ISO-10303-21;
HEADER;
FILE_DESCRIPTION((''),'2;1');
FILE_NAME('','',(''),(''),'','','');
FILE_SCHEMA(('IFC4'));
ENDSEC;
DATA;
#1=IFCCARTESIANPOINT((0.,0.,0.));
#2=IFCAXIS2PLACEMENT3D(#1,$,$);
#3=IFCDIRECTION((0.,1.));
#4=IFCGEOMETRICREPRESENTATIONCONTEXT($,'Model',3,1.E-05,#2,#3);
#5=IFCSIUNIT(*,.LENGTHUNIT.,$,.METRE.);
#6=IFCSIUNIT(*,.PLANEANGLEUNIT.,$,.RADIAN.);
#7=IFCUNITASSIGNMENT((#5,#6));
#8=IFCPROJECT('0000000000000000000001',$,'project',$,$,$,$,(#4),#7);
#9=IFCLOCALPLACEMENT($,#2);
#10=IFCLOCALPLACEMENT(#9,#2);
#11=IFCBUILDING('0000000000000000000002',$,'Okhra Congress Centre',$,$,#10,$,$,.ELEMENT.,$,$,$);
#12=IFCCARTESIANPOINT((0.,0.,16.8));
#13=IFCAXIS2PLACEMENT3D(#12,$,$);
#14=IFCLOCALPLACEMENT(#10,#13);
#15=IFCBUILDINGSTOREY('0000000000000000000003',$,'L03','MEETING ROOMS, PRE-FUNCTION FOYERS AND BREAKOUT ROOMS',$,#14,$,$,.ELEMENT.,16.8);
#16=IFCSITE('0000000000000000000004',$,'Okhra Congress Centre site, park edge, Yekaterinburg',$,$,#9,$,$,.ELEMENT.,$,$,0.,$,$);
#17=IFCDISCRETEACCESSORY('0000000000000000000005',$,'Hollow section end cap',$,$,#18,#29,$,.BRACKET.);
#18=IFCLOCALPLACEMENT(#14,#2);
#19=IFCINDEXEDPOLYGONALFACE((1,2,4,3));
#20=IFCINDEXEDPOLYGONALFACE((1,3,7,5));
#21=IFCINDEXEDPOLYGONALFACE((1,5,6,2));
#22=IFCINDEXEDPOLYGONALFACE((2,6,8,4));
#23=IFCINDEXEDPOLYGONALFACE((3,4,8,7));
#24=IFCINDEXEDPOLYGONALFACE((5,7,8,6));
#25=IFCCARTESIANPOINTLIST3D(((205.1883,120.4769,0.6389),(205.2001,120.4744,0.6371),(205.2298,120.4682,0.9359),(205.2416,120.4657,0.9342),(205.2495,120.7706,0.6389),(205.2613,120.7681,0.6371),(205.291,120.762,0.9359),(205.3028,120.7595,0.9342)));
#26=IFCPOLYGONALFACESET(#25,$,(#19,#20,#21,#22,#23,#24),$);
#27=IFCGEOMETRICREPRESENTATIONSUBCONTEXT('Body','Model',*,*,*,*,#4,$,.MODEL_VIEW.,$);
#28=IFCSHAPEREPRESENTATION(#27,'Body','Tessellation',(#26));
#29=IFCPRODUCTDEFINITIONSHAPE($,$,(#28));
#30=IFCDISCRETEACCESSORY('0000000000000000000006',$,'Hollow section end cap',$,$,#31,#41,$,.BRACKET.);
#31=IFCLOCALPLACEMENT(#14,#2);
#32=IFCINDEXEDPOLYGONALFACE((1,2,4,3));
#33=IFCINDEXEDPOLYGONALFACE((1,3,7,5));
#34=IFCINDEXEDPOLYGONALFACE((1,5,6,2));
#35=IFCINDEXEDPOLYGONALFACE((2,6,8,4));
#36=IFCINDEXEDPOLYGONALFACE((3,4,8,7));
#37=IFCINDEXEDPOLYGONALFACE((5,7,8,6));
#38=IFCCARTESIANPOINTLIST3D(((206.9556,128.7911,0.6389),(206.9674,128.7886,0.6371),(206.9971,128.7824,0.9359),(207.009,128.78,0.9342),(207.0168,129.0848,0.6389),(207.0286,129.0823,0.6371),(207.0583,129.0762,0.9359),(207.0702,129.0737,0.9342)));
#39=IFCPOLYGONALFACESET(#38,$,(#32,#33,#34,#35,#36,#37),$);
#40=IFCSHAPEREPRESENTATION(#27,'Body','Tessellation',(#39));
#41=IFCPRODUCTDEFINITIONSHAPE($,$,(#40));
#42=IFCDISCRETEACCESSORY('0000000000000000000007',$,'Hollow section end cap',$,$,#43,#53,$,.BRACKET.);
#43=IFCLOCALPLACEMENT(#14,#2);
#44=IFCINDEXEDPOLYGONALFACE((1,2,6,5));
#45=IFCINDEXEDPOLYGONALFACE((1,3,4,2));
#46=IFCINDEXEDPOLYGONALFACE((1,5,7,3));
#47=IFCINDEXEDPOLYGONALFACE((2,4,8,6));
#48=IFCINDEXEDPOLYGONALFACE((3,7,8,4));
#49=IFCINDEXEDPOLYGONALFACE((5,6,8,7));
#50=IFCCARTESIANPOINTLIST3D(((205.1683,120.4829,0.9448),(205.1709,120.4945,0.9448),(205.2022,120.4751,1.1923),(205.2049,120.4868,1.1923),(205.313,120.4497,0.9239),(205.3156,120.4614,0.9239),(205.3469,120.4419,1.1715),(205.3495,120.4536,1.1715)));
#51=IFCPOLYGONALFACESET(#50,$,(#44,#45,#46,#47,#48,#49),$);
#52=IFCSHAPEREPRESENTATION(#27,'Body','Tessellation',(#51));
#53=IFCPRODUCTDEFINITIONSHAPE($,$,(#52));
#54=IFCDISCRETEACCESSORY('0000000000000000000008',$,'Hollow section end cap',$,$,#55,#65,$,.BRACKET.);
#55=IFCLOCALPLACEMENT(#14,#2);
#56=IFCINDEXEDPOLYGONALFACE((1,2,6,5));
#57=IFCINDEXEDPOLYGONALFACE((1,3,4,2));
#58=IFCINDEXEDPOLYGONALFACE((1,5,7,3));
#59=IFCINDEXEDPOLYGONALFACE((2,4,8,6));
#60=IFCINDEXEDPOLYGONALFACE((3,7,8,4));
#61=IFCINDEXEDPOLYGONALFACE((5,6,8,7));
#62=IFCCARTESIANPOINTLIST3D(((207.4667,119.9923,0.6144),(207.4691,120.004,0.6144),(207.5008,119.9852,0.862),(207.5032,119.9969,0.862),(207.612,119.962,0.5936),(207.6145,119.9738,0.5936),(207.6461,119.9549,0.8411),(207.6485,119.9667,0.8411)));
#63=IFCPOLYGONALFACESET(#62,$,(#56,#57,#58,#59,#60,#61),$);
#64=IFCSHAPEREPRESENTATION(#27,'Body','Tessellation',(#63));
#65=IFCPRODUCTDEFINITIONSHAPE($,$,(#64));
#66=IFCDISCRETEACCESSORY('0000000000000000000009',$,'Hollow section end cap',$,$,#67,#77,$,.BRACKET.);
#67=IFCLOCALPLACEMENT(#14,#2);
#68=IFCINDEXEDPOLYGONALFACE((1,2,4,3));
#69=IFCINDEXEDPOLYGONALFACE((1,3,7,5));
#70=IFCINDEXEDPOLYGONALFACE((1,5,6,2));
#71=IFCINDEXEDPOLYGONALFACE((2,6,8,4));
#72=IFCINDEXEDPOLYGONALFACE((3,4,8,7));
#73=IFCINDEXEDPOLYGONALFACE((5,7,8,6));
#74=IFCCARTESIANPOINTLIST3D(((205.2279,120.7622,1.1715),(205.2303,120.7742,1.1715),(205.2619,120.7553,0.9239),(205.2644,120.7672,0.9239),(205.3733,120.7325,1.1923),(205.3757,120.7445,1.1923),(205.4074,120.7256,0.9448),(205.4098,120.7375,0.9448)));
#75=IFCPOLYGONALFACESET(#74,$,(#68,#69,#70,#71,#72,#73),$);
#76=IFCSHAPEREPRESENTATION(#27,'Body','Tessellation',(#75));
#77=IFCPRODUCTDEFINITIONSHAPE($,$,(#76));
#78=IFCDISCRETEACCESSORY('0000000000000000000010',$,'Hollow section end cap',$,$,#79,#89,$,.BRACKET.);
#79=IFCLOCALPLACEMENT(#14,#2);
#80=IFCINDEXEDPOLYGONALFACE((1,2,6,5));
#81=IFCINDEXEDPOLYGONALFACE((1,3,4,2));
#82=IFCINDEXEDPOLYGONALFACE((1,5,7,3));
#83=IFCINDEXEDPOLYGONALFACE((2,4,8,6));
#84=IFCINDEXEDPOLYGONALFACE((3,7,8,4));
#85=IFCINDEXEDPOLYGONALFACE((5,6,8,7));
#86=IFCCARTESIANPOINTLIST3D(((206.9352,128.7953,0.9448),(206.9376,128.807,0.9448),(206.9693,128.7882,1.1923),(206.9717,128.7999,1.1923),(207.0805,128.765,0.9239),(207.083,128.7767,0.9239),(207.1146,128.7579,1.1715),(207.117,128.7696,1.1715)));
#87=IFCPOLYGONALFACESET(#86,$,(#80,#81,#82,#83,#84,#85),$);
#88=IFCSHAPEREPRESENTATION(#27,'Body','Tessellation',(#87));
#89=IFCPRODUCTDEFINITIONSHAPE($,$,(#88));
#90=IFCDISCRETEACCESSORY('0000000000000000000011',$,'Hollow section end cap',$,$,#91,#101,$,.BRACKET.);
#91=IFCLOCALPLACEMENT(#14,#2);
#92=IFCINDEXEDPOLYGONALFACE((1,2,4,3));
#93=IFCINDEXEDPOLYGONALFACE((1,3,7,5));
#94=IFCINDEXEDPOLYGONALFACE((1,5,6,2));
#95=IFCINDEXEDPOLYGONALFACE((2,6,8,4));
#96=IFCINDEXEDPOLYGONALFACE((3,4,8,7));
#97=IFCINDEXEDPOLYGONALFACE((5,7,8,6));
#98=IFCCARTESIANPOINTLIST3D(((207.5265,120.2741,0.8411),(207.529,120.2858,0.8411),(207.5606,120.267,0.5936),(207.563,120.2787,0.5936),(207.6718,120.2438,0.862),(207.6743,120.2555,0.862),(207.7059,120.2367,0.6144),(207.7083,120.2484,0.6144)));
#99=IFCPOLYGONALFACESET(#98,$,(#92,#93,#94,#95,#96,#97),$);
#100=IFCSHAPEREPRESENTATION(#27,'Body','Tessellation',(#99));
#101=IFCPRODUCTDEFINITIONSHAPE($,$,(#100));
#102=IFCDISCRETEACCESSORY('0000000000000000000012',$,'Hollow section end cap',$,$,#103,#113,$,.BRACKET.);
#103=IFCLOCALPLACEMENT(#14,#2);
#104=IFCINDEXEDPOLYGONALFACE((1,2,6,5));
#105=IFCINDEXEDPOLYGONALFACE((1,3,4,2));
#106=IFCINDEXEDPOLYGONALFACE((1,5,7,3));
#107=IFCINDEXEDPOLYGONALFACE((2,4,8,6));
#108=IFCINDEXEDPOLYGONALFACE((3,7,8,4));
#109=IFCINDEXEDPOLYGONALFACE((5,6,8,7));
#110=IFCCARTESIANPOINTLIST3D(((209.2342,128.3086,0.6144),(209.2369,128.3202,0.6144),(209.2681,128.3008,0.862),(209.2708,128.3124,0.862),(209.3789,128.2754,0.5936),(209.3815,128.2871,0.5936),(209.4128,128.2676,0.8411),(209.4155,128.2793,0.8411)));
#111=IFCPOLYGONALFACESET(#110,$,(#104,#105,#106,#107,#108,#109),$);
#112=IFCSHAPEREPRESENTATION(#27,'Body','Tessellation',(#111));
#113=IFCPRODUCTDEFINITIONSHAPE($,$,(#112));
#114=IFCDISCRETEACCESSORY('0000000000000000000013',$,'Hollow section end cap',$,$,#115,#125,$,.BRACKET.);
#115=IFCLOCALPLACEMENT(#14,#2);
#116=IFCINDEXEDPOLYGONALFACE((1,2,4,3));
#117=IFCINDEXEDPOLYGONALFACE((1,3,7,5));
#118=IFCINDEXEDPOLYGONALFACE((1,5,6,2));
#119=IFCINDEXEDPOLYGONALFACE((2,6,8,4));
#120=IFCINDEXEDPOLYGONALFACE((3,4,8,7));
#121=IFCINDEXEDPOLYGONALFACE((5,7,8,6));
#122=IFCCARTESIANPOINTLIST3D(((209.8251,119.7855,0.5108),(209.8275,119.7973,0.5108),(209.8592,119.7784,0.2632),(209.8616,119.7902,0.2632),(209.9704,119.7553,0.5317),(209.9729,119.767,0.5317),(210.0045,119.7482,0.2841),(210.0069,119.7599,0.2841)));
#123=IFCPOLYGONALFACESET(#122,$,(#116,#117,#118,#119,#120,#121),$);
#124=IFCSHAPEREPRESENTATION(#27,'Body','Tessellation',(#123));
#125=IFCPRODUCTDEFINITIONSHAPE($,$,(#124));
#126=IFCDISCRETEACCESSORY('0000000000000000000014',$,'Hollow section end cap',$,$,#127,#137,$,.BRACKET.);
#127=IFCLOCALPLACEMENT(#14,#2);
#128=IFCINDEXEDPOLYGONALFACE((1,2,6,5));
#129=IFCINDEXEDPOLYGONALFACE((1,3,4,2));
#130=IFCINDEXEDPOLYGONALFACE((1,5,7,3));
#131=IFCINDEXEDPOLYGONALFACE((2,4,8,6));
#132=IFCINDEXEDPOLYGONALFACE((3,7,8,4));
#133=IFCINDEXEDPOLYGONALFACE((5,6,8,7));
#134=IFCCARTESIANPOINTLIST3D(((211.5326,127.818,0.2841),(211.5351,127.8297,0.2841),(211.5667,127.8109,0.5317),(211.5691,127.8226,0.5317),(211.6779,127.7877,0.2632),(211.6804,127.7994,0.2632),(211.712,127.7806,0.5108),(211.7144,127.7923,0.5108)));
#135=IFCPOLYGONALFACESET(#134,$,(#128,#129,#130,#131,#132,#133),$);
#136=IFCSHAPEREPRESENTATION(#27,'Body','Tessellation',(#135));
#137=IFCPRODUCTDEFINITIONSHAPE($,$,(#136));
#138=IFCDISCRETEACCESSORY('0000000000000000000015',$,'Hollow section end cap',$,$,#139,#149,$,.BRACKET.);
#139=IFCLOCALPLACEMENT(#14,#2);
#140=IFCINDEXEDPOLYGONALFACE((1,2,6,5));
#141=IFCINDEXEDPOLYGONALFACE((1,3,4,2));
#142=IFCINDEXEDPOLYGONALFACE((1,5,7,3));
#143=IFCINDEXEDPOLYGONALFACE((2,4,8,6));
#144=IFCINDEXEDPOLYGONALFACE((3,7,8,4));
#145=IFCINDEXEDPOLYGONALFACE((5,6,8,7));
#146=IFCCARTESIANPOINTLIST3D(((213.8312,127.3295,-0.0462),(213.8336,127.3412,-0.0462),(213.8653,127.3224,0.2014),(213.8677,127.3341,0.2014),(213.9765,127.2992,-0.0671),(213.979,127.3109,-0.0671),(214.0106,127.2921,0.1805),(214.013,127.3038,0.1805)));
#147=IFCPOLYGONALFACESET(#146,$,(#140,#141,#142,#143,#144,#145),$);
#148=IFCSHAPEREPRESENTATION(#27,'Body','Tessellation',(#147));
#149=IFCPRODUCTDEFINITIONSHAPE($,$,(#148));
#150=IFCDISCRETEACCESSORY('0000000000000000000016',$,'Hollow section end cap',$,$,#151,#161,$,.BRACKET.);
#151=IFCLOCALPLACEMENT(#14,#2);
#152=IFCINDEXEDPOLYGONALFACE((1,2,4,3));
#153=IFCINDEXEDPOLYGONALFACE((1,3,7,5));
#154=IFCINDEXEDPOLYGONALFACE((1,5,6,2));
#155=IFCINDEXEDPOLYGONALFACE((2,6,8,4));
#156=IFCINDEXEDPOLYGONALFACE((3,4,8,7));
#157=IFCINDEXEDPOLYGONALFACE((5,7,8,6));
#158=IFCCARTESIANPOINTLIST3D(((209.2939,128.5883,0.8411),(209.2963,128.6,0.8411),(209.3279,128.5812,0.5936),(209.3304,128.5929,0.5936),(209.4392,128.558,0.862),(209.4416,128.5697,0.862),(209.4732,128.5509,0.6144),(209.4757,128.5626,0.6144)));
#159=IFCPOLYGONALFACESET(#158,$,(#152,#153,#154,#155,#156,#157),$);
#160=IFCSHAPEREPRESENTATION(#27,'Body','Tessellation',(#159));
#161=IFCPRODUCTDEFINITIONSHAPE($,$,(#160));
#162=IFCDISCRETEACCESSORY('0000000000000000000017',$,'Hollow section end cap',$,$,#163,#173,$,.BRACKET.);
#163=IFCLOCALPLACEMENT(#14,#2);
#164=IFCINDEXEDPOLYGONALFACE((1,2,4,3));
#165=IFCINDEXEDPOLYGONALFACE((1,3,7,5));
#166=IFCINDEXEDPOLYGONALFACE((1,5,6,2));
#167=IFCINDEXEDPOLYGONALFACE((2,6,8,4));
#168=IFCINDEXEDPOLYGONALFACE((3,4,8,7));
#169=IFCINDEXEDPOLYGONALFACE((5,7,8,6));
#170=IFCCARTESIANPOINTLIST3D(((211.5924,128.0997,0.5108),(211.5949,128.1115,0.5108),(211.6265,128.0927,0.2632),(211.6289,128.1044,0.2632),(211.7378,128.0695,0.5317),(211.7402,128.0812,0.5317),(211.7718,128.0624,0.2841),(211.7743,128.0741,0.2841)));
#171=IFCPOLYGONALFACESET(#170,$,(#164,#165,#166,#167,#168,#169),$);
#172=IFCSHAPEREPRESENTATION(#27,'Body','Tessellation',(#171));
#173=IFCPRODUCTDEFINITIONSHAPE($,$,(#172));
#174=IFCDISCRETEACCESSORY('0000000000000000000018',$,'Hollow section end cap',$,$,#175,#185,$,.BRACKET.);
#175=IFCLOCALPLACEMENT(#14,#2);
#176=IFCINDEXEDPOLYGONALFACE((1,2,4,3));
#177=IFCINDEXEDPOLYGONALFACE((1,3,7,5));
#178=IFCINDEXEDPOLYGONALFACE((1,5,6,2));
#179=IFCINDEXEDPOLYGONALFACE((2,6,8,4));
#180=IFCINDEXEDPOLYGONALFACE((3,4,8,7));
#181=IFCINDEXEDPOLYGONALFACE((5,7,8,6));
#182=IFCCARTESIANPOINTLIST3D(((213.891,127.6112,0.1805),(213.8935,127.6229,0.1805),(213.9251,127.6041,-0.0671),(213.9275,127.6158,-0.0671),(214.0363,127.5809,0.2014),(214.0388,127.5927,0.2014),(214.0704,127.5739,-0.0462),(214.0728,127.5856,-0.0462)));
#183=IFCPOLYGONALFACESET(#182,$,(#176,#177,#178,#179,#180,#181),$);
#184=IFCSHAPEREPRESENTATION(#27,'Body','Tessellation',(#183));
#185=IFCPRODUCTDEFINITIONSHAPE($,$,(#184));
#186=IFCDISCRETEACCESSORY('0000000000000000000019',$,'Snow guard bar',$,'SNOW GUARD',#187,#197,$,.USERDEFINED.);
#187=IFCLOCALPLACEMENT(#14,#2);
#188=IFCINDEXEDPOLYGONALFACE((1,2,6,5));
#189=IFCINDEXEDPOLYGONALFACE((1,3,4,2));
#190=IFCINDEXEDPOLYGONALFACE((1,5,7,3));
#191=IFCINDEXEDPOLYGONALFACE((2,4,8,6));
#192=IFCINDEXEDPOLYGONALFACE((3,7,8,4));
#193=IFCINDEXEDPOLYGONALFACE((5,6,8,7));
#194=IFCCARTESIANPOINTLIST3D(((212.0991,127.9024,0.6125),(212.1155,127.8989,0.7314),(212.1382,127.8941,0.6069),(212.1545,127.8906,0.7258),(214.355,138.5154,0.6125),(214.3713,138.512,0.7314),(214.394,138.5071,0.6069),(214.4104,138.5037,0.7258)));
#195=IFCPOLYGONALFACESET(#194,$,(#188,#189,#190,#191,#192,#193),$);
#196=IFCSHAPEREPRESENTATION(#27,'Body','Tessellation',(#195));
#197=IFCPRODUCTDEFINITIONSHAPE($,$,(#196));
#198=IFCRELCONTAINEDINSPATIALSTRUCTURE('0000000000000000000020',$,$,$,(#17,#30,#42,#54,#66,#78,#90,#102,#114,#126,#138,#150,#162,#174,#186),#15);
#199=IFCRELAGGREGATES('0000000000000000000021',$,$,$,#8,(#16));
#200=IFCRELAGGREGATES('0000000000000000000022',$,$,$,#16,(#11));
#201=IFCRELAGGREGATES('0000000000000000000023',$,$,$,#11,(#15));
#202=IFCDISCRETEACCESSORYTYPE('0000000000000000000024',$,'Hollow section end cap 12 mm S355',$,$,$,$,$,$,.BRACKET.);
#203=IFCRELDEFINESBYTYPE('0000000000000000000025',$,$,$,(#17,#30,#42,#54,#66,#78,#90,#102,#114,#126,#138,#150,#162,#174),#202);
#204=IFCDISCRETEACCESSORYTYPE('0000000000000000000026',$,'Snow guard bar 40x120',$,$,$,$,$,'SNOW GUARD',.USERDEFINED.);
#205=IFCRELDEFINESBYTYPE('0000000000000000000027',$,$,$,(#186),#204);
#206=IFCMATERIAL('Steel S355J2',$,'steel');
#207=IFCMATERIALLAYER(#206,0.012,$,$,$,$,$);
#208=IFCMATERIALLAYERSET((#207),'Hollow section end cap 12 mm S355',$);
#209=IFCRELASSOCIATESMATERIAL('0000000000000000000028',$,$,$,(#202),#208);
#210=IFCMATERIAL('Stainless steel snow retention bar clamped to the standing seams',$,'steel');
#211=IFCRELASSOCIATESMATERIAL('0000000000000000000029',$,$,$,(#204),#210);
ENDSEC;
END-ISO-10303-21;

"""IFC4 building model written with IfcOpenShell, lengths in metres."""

from ifc_helpers import new_model, si_unit, direction, frame, origin, origin_2d, place, context, subcontext, project, spatial, polyline, rectangle, outline, extrude, material, layer, layer_set, type_object, element, save


model = new_model("IFC4")

# Units and contexts
model_context = context("Model", 3, precision=1e-05, world=origin(), true_north=direction((0.0, 1.0)))
body_context = subcontext(model_context, "Body", "Model", "MODEL_VIEW")
ifc_project = project(units=[si_unit("LENGTHUNIT", "METRE"), si_unit("PLANEANGLEUNIT", "RADIAN")], contexts=[model_context])

# Site, building, storey
site_placement = place(None, origin())
site = spatial("IfcSite", under=ifc_project, at=site_placement, Name="Okhra Congress Centre site, park edge, Yekaterinburg", CompositionType="ELEMENT", RefElevation=0.0)
building_placement = place(site_placement, origin())
building = spatial("IfcBuilding", under=site, at=building_placement, Name="Okhra Congress Centre", CompositionType="ELEMENT")
storey_placement = place(building_placement, frame((0.0, 0.0, 16.8)))
storey = spatial("IfcBuildingStorey", under=building, at=storey_placement, Name="L03", Description="MEETING ROOMS, PRE-FUNCTION FOYERS AND BREAKOUT ROOMS", CompositionType="ELEMENT", Elevation=16.8)

# Shared definitions
ifc_material_1 = material(Name="Steel S355J2", Category="steel")

# Discrete accessories
ifc_layer_1 = layer(ifc_material_1, 0.012)
ifc_layer_set_1 = layer_set([ifc_layer_1], Name="Hollow section end cap 12 mm S355")
discrete_accessory_type_1 = type_object("IfcDiscreteAccessoryType", Name="Hollow section end cap 12 mm S355", PredefinedType="BRACKET", material=ifc_layer_set_1)
for number, where, z_axis, x_axis, name in (
    (1, (205.2515, 120.6169, 0.7856), (-0.969153, 0.201907, 0.141335), (-0.203954, -0.97898, 0.0), "Hollow section end cap"),
    (2, (207.0188, 128.9312, 0.7856), (-0.969153, 0.201907, 0.141335), (-0.203954, -0.97898, 0.0), "Hollow section end cap"),
):
    element("IfcDiscreteAccessory", number, at=place(storey_placement, frame(where, z_axis=z_axis, x_axis=x_axis)), inside=storey, type_object=discrete_accessory_type_1, Name=name, PredefinedType="BRACKET", context=body_context, shape_type="SweptSolid", body=[
        extrude(rectangle(XDim=0.3, YDim=0.3, at=origin_2d()), origin(), (0.0, 0.0, 1.0), 0.0122),
    ])
for number, where, z_axis, x_axis, name in (
    (3, (205.2576, 120.4624, 1.0581), (0.223376, 0.974732, 0.0), (-0.965246, 0.221202, 0.139173), "Hollow section end cap"),
    (4, (207.5564, 119.9736, 0.7278), (0.203954, 0.97898, 0.0), (-0.969453, 0.201969, 0.139173), "Hollow section end cap"),
):
    element("IfcDiscreteAccessory", number, at=place(storey_placement, frame(where, z_axis=z_axis, x_axis=x_axis)), inside=storey, type_object=discrete_accessory_type_1, Name=name, PredefinedType="BRACKET", context=body_context, shape_type="SweptSolid", body=[
        extrude(rectangle(XDim=0.1499, YDim=0.25, at=origin_2d()), origin(), (0.0, 0.0, 1.0), 0.012),
    ])
discrete_accessory_1_placement = place(storey_placement, frame((205.3201, 120.7559, 1.0581), z_axis=(-0.19996, -0.979804, 0.0), x_axis=(0.970269, -0.198014, 0.139173)))
element("IfcDiscreteAccessory", 5, at=discrete_accessory_1_placement, inside=storey, type_object=discrete_accessory_type_1, Name="Hollow section end cap", PredefinedType="BRACKET", context=body_context, shape_type="SweptSolid", body=[
    extrude(rectangle(XDim=0.1499, YDim=0.25, at=origin_2d()), origin(), (0.0, 0.0, 1.0), 0.0122),
])
for number, where, z_axis, x_axis, name in (
    (6, (207.0249, 128.7766, 1.0581), (0.203954, 0.97898, 0.0), (-0.969453, 0.201969, 0.139173), "Hollow section end cap"),
    (7, (207.6187, 120.2671, 0.7278), (-0.203954, -0.97898, 0.0), (0.969453, -0.201969, 0.139173), "Hollow section end cap"),
    (8, (209.3235, 128.2881, 0.7278), (0.223376, 0.974732, 0.0), (-0.965246, 0.221202, 0.139173), "Hollow section end cap"),
    (9, (209.9172, 119.7786, 0.3975), (-0.203954, -0.97898, 0.0), (0.969453, -0.201969, 0.139173), "Hollow section end cap"),
    (10, (211.6223, 127.7993, 0.3975), (0.203954, 0.97898, 0.0), (-0.969453, 0.201969, 0.139173), "Hollow section end cap"),
    (11, (213.9209, 127.3108, 0.0671), (0.203954, 0.97898, 0.0), (-0.969453, 0.201969, 0.139173), "Hollow section end cap"),
    (12, (209.386, 128.5813, 0.7278), (-0.203954, -0.97898, 0.0), (0.969453, -0.201969, 0.139173), "Hollow section end cap"),
    (13, (211.6846, 128.0928, 0.3975), (-0.203954, -0.97898, 0.0), (0.969453, -0.201969, 0.139173), "Hollow section end cap"),
    (14, (213.9832, 127.6042, 0.0671), (-0.203954, -0.97898, 0.0), (0.969453, -0.201969, 0.139173), "Hollow section end cap"),
):
    element("IfcDiscreteAccessory", number, at=place(storey_placement, frame(where, z_axis=z_axis, x_axis=x_axis)), inside=storey, type_object=discrete_accessory_type_1, Name=name, PredefinedType="BRACKET", context=body_context, shape_type="SweptSolid", body=[
        extrude(rectangle(XDim=0.1499, YDim=0.25, at=origin_2d()), origin(), (0.0, 0.0, 1.0), 0.012),
    ])
ifc_material_2 = material(Name="Stainless steel snow retention bar clamped to the standing seams", Category="steel")
discrete_accessory_type_2 = type_object("IfcDiscreteAccessoryType", Name="Snow guard bar 40x120", ElementType="SNOW GUARD", PredefinedType="USERDEFINED", material=ifc_material_2)
discrete_accessory_2_placement = place(storey_placement, frame((212.1155, 127.8989, 0.7314), z_axis=(0.136198, -0.02895, 0.990259), x_axis=(0.96863, -0.205834, -0.139241)))
element("IfcDiscreteAccessory", 15, at=discrete_accessory_2_placement, inside=storey, type_object=discrete_accessory_type_2, Name="Snow guard bar", ObjectType="SNOW GUARD", PredefinedType="USERDEFINED", context=body_context, shape_type="SweptSolid", body=[
    extrude(outline(polyline([(0.0, 0.0), (0.0403, 0.0), (0.0409, 10.8501), (0.0006, 10.8501), (0.0, 0.0)])), origin(), (0.0, 0.0, -1.0), 0.1201),
])

save(model, "model.ifc")
